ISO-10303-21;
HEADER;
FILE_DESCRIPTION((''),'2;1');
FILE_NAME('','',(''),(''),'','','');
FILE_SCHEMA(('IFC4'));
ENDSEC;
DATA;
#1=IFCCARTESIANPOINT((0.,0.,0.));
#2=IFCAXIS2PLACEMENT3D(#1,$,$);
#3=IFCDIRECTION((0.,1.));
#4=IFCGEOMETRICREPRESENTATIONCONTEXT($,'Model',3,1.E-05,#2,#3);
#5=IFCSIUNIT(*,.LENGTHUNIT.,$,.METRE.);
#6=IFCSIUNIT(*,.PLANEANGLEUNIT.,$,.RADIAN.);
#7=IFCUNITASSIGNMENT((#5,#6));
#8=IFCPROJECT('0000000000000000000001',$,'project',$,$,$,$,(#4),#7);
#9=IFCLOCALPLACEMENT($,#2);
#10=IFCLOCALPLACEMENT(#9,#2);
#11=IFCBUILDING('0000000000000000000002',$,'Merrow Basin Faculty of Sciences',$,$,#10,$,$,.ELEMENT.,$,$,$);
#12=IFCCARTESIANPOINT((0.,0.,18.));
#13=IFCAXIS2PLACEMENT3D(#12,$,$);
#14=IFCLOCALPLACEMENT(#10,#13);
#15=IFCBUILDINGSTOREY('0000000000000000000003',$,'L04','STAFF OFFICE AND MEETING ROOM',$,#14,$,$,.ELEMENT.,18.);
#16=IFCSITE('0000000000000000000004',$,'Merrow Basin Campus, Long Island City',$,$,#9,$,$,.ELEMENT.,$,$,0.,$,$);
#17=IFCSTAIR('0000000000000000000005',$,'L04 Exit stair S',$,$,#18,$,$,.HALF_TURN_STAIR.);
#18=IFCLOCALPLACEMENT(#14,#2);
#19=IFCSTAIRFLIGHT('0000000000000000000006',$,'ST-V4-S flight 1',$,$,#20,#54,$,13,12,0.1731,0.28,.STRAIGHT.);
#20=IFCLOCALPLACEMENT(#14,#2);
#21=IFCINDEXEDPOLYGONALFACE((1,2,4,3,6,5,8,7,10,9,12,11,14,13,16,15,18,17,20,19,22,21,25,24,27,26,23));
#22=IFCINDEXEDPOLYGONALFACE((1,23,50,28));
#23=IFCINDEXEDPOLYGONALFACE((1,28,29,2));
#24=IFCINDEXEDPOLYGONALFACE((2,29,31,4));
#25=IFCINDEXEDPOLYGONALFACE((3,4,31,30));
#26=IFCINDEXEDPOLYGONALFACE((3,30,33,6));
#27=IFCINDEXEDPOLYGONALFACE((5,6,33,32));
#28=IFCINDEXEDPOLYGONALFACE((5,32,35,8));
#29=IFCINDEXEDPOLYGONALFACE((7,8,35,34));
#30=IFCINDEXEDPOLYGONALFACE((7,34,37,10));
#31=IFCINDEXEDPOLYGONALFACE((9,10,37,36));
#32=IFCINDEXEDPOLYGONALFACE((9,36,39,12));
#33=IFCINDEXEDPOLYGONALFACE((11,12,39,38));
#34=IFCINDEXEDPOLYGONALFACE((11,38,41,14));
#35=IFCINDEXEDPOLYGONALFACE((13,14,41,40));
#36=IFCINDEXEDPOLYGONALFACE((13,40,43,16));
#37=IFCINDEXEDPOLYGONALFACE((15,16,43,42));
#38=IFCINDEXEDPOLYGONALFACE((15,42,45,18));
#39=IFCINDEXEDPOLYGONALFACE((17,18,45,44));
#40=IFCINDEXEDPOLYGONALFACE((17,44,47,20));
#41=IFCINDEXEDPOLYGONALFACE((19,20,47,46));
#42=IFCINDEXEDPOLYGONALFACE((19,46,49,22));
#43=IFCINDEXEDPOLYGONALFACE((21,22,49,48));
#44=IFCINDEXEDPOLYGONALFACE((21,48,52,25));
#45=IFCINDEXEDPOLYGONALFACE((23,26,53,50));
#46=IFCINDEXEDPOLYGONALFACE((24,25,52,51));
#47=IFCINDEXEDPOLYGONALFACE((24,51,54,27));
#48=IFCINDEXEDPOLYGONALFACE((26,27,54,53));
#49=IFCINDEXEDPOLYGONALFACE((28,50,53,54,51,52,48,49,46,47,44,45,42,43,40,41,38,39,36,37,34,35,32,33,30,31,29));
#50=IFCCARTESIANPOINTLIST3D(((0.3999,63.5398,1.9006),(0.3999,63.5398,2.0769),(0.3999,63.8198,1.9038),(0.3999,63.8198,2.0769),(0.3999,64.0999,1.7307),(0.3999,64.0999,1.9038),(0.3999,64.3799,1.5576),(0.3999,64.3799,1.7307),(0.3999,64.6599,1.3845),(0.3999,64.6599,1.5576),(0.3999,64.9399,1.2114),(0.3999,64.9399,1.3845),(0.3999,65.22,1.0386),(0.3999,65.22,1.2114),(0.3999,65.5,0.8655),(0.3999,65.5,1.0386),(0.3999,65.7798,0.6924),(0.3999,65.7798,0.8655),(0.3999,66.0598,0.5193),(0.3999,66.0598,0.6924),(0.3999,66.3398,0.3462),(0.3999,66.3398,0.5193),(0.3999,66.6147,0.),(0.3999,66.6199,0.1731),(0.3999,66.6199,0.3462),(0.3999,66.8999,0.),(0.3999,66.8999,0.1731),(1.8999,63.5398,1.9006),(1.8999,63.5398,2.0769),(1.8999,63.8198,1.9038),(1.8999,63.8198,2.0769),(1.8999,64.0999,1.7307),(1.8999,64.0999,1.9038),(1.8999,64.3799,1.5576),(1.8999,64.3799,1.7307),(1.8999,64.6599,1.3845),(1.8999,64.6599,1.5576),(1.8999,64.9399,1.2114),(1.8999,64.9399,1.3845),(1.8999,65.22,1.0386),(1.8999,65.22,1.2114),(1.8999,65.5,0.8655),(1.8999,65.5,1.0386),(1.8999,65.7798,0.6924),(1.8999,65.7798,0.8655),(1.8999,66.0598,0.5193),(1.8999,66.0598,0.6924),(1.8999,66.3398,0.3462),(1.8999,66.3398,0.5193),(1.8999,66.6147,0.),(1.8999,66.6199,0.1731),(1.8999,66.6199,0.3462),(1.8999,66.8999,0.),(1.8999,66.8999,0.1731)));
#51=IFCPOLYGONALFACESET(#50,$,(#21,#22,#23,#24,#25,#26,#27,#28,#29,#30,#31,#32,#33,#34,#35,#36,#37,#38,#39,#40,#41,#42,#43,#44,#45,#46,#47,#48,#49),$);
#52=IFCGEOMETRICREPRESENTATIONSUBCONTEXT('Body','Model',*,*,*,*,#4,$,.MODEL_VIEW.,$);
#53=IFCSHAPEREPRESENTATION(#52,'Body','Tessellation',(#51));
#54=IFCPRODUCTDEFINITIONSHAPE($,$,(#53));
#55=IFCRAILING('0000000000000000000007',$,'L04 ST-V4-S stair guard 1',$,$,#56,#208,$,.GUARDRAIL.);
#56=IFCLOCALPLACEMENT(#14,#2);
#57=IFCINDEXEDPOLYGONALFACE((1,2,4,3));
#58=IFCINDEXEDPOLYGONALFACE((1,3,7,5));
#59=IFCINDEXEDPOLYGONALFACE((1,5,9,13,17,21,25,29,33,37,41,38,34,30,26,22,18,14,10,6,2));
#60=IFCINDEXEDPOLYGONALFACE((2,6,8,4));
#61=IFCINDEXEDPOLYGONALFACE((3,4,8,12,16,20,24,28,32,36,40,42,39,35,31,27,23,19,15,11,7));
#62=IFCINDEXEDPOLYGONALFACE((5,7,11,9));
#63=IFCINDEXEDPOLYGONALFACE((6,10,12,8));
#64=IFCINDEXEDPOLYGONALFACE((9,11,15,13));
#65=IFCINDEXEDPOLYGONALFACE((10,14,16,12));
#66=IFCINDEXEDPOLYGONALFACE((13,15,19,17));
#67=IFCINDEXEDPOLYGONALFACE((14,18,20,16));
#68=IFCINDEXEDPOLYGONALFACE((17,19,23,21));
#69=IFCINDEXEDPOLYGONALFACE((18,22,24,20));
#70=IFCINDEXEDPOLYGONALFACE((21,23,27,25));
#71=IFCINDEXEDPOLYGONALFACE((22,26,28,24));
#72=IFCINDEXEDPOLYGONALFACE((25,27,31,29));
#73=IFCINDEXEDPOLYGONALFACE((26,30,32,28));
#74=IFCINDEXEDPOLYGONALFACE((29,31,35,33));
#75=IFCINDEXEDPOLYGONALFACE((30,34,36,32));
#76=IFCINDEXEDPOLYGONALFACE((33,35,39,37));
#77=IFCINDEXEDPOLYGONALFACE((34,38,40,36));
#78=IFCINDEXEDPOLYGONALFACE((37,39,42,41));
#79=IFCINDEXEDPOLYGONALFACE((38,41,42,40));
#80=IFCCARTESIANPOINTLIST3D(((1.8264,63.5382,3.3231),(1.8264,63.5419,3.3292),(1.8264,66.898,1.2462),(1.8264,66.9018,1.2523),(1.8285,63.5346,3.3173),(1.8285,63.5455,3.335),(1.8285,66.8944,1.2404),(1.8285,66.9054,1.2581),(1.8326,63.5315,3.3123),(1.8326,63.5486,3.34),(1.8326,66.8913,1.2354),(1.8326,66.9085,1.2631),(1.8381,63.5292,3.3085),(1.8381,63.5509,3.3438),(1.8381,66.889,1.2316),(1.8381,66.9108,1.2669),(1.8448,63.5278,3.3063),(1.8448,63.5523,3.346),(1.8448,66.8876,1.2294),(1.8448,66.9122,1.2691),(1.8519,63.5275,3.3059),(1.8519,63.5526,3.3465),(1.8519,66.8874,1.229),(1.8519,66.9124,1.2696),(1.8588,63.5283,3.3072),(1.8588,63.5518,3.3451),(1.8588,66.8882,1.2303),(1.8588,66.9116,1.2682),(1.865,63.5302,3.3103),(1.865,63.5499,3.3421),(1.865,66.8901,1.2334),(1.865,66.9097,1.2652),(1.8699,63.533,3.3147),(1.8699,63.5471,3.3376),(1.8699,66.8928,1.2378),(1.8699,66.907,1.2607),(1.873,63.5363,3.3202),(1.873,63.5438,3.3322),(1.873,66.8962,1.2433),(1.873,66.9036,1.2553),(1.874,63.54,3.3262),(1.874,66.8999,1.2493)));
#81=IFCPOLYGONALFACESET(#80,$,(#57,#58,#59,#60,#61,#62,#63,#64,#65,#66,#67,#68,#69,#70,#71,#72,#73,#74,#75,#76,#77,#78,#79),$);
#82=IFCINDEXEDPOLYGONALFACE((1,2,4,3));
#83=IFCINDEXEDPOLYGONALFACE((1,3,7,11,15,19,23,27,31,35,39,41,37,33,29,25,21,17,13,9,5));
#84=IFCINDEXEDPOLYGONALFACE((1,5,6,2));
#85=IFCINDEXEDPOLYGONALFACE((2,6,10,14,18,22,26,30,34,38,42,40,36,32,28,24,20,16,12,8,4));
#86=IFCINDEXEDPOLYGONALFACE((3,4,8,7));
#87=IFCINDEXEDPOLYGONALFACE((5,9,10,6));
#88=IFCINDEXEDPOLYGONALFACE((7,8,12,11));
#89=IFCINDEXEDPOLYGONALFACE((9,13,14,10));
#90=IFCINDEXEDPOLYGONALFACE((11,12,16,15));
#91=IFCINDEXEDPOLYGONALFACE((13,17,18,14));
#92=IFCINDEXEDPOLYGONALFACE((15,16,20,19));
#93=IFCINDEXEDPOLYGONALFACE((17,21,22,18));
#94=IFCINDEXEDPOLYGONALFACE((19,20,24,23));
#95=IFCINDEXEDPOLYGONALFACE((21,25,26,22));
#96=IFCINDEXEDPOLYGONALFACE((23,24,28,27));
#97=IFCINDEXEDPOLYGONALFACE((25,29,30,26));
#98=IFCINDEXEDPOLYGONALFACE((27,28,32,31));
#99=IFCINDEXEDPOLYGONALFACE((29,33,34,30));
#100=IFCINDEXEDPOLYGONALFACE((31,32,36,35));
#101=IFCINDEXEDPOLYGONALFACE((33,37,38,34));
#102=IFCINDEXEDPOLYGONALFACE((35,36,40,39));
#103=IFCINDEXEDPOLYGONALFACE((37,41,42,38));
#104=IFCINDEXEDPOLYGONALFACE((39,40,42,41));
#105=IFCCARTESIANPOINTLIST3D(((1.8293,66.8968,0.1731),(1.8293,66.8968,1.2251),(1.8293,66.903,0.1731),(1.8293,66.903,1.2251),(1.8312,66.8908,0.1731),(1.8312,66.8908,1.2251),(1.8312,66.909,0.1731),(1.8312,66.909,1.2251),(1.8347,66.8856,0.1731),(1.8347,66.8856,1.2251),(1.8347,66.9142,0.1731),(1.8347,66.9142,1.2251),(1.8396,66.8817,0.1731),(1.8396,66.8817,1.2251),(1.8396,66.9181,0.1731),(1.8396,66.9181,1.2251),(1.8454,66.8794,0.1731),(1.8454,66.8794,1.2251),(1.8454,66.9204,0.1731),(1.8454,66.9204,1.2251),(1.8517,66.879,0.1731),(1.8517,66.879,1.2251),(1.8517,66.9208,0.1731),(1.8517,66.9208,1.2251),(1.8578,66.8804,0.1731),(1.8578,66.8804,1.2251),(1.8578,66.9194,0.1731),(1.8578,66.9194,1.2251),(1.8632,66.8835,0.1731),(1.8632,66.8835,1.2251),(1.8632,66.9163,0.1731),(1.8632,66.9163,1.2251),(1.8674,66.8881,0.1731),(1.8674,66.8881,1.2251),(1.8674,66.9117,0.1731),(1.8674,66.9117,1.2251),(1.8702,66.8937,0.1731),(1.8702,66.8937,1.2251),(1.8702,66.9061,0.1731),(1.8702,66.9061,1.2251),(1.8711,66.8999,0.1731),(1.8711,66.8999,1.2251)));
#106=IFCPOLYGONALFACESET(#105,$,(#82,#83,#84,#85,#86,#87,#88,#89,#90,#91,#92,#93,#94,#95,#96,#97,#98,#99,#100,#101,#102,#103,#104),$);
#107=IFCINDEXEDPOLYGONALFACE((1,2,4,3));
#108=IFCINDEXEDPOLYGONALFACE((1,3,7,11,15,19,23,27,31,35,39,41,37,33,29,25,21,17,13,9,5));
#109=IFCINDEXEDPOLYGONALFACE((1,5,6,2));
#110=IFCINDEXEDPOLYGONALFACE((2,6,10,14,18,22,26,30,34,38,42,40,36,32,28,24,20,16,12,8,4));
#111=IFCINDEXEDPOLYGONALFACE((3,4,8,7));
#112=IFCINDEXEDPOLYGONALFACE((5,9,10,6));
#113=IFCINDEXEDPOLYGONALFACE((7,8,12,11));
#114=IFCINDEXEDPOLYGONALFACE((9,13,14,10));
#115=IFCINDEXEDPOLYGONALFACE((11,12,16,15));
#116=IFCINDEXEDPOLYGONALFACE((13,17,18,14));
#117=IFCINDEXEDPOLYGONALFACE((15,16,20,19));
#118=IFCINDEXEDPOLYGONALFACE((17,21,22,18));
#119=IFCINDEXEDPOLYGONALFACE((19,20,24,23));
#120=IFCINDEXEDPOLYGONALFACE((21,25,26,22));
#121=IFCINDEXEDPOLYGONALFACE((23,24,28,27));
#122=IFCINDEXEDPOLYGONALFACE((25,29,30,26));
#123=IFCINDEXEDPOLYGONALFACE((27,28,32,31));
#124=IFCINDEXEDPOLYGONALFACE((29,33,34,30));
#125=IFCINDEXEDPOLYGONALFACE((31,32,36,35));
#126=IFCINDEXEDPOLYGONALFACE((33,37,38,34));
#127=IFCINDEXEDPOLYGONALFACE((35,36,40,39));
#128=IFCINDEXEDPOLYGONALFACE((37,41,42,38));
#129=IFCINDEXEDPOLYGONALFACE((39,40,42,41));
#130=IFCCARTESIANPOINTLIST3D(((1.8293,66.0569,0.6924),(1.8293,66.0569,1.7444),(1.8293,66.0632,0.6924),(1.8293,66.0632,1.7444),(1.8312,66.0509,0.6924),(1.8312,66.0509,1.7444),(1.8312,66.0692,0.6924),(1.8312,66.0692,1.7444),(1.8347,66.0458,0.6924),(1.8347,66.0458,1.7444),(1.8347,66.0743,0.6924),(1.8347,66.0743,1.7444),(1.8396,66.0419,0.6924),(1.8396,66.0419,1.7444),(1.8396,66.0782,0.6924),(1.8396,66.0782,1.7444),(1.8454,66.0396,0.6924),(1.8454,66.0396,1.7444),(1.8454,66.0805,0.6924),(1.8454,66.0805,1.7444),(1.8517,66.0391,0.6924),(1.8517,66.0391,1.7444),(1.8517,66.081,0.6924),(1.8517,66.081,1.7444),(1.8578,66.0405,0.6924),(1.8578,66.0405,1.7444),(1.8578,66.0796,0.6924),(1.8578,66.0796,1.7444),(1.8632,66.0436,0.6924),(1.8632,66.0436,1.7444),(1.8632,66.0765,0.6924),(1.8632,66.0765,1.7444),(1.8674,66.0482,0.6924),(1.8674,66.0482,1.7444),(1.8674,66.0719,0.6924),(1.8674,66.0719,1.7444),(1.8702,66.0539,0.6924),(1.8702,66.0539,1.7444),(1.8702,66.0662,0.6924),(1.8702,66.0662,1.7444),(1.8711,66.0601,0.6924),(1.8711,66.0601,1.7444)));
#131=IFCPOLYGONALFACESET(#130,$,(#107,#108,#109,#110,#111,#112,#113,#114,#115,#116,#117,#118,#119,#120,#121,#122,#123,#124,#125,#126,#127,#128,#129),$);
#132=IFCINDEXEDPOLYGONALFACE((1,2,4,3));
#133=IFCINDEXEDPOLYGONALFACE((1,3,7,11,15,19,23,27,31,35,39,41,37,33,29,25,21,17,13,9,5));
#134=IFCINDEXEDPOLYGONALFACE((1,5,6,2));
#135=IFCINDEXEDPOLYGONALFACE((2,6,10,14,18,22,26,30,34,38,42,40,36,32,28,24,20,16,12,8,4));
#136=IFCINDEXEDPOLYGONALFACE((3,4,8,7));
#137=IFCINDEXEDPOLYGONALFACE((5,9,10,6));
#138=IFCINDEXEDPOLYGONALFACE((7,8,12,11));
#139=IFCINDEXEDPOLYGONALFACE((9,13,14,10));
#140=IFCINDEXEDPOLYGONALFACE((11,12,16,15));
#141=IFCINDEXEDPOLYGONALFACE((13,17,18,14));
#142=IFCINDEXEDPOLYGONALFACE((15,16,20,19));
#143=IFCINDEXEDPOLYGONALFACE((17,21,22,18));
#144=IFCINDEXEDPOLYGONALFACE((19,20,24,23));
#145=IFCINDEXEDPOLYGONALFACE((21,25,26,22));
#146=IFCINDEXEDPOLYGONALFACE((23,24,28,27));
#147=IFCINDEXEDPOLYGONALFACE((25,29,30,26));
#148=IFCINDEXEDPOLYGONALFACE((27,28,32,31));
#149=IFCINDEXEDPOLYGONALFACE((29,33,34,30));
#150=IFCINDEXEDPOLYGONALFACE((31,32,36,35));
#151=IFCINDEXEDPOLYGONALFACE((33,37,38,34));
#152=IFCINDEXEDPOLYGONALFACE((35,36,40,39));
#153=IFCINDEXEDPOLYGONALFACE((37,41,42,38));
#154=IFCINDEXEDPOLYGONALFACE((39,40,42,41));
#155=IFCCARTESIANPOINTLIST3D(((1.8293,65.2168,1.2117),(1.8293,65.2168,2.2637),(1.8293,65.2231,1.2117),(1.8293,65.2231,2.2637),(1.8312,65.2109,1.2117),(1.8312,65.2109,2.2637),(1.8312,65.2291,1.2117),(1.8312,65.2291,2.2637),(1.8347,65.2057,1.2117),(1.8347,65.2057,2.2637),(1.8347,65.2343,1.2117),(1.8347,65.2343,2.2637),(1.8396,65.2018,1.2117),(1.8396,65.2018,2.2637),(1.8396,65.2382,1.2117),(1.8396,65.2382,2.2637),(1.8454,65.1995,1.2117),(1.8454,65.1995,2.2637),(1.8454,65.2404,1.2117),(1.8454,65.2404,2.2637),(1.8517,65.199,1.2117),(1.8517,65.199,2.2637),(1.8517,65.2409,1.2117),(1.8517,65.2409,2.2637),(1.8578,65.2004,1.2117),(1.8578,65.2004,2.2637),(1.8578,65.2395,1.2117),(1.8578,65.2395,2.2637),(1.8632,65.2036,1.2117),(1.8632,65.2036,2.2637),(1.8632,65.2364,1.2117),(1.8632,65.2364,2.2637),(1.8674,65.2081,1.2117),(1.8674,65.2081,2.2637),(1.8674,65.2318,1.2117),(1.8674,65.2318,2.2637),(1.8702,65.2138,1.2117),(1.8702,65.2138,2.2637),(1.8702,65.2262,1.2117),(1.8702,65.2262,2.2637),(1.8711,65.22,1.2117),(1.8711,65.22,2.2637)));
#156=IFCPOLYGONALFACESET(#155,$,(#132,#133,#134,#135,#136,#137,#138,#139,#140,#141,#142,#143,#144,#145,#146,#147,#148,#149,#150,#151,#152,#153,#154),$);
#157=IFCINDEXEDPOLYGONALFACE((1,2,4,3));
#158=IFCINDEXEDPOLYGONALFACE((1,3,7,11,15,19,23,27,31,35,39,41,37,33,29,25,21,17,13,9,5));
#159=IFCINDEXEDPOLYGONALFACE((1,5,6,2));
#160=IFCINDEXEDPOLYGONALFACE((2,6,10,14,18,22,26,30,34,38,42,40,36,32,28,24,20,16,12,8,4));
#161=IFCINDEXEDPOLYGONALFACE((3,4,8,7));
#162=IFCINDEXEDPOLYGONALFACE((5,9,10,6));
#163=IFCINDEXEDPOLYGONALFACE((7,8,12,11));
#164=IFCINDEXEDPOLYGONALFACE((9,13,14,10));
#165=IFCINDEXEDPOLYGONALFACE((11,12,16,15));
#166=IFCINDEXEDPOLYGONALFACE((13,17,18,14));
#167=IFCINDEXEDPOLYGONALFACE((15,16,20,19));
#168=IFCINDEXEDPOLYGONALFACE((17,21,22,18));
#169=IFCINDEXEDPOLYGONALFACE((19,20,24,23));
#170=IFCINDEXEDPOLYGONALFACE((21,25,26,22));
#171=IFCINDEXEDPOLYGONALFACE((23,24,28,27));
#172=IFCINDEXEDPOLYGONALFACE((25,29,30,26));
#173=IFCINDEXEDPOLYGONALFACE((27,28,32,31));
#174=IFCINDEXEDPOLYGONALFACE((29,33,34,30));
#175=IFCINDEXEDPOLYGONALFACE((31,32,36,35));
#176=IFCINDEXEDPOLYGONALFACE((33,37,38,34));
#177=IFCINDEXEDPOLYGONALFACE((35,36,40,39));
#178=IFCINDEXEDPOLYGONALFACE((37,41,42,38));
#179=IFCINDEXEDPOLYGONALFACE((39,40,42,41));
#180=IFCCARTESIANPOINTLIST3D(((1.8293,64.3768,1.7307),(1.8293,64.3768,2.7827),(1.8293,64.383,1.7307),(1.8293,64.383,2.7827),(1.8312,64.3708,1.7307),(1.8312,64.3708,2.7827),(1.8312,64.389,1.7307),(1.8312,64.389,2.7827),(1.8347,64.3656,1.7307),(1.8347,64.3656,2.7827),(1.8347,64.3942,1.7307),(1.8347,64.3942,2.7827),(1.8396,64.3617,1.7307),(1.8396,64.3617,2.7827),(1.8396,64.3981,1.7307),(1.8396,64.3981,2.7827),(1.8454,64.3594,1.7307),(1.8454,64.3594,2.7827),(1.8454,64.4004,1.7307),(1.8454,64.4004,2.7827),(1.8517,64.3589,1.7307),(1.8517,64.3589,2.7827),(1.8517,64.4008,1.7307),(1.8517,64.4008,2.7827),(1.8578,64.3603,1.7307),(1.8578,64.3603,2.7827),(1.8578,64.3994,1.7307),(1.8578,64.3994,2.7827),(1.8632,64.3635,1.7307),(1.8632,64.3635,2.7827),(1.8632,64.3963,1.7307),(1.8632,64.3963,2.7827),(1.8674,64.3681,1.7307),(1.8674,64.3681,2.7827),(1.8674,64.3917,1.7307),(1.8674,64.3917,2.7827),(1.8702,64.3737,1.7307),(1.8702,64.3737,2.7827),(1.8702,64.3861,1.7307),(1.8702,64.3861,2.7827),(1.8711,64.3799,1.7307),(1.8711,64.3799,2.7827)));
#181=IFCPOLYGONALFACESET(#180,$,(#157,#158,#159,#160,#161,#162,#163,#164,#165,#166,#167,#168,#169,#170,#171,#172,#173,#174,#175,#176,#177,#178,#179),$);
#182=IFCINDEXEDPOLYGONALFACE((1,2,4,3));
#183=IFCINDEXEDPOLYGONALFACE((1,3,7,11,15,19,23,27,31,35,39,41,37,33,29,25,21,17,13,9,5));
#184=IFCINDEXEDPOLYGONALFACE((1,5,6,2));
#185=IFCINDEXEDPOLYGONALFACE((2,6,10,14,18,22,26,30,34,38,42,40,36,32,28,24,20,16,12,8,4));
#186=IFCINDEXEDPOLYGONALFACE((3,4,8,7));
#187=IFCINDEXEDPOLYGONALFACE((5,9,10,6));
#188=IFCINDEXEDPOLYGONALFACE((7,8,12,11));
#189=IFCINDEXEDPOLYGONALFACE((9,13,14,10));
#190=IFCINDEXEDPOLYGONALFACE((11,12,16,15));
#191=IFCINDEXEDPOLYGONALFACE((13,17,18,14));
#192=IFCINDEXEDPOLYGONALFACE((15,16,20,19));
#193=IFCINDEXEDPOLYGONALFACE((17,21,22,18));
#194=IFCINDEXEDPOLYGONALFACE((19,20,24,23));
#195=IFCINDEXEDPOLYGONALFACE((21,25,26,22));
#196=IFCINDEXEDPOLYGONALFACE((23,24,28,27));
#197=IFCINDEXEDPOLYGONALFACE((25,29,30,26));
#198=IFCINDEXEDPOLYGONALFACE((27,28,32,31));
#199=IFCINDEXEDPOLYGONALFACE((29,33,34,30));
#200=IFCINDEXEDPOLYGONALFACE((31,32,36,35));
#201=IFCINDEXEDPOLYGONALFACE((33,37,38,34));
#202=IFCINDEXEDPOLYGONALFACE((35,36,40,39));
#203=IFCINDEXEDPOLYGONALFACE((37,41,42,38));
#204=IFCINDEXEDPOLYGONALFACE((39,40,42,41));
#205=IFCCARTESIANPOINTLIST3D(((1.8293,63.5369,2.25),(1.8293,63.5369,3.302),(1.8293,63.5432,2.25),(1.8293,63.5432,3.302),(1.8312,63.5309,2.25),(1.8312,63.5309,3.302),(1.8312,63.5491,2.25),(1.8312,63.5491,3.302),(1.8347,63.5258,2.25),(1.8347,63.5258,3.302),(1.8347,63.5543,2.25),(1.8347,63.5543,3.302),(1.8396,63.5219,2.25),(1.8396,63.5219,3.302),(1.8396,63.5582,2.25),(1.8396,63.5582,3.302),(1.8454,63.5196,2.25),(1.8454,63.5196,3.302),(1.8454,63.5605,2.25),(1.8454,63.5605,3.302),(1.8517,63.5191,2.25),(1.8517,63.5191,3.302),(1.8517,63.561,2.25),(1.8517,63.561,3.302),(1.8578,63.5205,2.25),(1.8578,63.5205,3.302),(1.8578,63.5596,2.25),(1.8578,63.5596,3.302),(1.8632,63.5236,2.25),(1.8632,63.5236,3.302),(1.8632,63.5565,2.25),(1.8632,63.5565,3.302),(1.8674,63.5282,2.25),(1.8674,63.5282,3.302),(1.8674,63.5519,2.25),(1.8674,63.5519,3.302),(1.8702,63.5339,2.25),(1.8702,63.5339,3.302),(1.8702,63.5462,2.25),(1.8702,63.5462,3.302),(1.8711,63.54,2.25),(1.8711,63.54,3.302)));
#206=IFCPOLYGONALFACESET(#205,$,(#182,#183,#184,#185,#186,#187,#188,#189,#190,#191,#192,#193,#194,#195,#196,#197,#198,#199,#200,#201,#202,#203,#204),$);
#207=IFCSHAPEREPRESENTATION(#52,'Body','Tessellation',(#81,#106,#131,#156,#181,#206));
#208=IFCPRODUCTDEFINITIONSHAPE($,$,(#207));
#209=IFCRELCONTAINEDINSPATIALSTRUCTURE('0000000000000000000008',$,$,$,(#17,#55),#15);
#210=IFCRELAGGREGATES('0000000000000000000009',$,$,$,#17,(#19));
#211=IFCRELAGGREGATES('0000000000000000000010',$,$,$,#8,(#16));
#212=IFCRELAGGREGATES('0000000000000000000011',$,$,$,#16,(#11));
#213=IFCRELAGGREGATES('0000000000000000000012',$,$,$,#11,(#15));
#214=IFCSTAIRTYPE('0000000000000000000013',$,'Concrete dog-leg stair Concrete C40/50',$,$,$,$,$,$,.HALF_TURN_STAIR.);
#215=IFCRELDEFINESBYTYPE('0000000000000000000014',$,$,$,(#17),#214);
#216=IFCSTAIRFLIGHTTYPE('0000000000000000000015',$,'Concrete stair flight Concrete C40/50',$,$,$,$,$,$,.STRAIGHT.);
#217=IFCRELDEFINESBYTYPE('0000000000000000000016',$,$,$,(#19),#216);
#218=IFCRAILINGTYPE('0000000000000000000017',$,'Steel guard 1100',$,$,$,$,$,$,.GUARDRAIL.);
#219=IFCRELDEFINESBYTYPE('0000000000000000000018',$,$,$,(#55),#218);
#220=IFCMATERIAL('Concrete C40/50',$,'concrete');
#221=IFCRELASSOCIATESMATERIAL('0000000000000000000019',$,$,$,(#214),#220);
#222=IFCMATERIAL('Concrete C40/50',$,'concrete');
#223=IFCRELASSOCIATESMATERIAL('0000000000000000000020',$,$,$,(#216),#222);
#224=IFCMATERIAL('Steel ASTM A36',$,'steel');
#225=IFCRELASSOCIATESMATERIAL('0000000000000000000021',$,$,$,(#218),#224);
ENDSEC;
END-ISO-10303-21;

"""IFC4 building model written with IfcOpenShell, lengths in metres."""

from ifc_helpers import new_model, si_unit, direction, frame, origin, origin_2d, place, context, subcontext, project, spatial, polyline, circle, outline, extrude, material, type_object, element, aggregate, save


model = new_model("IFC4")

# Units and contexts
model_context = context("Model", 3, precision=1e-05, world=origin(), true_north=direction((0.0, 1.0)))
body_context = subcontext(model_context, "Body", "Model", "MODEL_VIEW")
ifc_project = project(units=[si_unit("LENGTHUNIT", "METRE"), si_unit("PLANEANGLEUNIT", "RADIAN")], contexts=[model_context])

# Site, building, storey
site_placement = place(None, origin())
site = spatial("IfcSite", under=ifc_project, at=site_placement, Name="Merrow Basin Campus, Long Island City", CompositionType="ELEMENT", RefElevation=0.0)
building_placement = place(site_placement, origin())
building = spatial("IfcBuilding", under=site, at=building_placement, Name="Merrow Basin Faculty of Sciences", CompositionType="ELEMENT")
storey_placement = place(building_placement, frame((0.0, 0.0, 18.0)))
storey = spatial("IfcBuildingStorey", under=building, at=storey_placement, Name="L04", Description="STAFF OFFICE AND MEETING ROOM", CompositionType="ELEMENT", Elevation=18.0)

# Stair, stair flight
ifc_material_1 = material(Name="Concrete C40/50", Category="concrete")
stair_type = type_object("IfcStairType", Name="Concrete dog-leg stair Concrete C40/50", PredefinedType="HALF_TURN_STAIR", material=ifc_material_1)
stair_placement = place(storey_placement, origin())
stair = element("IfcStair", 1, at=stair_placement, inside=storey, type_object=stair_type, Name="L04 Exit stair S", PredefinedType="HALF_TURN_STAIR")
ifc_material_2 = material(Name="Concrete C40/50", Category="concrete")
stair_flight_type = type_object("IfcStairFlightType", Name="Concrete stair flight Concrete C40/50", PredefinedType="STRAIGHT", material=ifc_material_2)
stair_flight_placement = place(storey_placement, frame((1.1499, 66.8999, 0.0), z_axis=(0.0, 0.0, 1.0), x_axis=(0.0, -1.0, 0.0)))
stair_flight = element("IfcStairFlight", 2, at=stair_flight_placement, type_object=stair_flight_type, Name="ST-V4-S flight 1", NumberOfRisers=13, NumberOfTreads=12, PredefinedType="STRAIGHT", RiserHeight=0.1731, TreadLength=0.28, context=body_context, shape_type="SweptSolid", body=[
    extrude(outline(polyline([(0.0, 0.0), (0.0, 0.1731), (0.28, 0.1731), (0.28, 0.3462), (0.5601, 0.3462), (0.5601, 0.5193), (0.8401, 0.5193), (0.8401, 0.6924), (1.1201, 0.6924), (1.1201, 0.8655), (1.3999, 0.8655), (1.3999, 1.0386), (1.6799, 1.0386), (1.6799, 1.2114), (1.96, 1.2114), (1.96, 1.3845), (2.24, 1.3845), (2.24, 1.5576), (2.52, 1.5576), (2.52, 1.7307), (2.8, 1.7307), (2.8, 1.9038), (3.0801, 1.9038), (3.0801, 2.0769), (3.3601, 2.0769), (3.3601, 2.25), (3.3601, 1.9006), (0.2852, 0.0), (0.0, 0.0)])), frame((0.0, 0.75, 0.0), z_axis=(0.0, -1.0, 0.0), x_axis=(1.0, 0.0, 0.0)), (0.0, 0.0, 1.0), 1.5),
])
aggregate(stair, [stair_flight])

# Railing
ifc_material_3 = material(Name="Steel ASTM A36", Category="steel")
railing_type_1 = type_object("IfcRailingType", Name="Steel guard 1100", PredefinedType="GUARDRAIL", material=ifc_material_3)
railing_1_placement = place(storey_placement, frame((1.8501, 66.8999, 0.1731)))
element("IfcRailing", 3, at=railing_1_placement, inside=storey, type_object=railing_type_1, Name="L04 ST-V4-S stair guard 1", PredefinedType="GUARDRAIL", context=body_context, shape_type="SweptSolid", body=[
    extrude(circle(Radius=0.0239, at=origin_2d()), frame((0.0, 0.0, 1.0762), z_axis=(0.0, -0.850606, 0.525803), x_axis=(1.0, 0.0, 0.0)), (0.0, 0.0, 1.0), 3.95),
    extrude(circle(Radius=0.021, at=origin_2d()), origin(), (0.0, 0.0, 1.0), 1.052),
    extrude(circle(Radius=0.021, at=origin_2d()), frame((0.0, -0.8398, 0.5193)), (0.0, 0.0, 1.0), 1.052),
    extrude(circle(Radius=0.021, at=origin_2d()), frame((0.0, -1.6799, 1.0386)), (0.0, 0.0, 1.0), 1.052),
    extrude(circle(Radius=0.021, at=origin_2d()), frame((0.0, -2.52, 1.5576)), (0.0, 0.0, 1.0), 1.052),
    extrude(circle(Radius=0.021, at=origin_2d()), frame((0.0, -3.3599, 2.0769)), (0.0, 0.0, 1.0), 1.052),
])

save(model, "model.ifc")
